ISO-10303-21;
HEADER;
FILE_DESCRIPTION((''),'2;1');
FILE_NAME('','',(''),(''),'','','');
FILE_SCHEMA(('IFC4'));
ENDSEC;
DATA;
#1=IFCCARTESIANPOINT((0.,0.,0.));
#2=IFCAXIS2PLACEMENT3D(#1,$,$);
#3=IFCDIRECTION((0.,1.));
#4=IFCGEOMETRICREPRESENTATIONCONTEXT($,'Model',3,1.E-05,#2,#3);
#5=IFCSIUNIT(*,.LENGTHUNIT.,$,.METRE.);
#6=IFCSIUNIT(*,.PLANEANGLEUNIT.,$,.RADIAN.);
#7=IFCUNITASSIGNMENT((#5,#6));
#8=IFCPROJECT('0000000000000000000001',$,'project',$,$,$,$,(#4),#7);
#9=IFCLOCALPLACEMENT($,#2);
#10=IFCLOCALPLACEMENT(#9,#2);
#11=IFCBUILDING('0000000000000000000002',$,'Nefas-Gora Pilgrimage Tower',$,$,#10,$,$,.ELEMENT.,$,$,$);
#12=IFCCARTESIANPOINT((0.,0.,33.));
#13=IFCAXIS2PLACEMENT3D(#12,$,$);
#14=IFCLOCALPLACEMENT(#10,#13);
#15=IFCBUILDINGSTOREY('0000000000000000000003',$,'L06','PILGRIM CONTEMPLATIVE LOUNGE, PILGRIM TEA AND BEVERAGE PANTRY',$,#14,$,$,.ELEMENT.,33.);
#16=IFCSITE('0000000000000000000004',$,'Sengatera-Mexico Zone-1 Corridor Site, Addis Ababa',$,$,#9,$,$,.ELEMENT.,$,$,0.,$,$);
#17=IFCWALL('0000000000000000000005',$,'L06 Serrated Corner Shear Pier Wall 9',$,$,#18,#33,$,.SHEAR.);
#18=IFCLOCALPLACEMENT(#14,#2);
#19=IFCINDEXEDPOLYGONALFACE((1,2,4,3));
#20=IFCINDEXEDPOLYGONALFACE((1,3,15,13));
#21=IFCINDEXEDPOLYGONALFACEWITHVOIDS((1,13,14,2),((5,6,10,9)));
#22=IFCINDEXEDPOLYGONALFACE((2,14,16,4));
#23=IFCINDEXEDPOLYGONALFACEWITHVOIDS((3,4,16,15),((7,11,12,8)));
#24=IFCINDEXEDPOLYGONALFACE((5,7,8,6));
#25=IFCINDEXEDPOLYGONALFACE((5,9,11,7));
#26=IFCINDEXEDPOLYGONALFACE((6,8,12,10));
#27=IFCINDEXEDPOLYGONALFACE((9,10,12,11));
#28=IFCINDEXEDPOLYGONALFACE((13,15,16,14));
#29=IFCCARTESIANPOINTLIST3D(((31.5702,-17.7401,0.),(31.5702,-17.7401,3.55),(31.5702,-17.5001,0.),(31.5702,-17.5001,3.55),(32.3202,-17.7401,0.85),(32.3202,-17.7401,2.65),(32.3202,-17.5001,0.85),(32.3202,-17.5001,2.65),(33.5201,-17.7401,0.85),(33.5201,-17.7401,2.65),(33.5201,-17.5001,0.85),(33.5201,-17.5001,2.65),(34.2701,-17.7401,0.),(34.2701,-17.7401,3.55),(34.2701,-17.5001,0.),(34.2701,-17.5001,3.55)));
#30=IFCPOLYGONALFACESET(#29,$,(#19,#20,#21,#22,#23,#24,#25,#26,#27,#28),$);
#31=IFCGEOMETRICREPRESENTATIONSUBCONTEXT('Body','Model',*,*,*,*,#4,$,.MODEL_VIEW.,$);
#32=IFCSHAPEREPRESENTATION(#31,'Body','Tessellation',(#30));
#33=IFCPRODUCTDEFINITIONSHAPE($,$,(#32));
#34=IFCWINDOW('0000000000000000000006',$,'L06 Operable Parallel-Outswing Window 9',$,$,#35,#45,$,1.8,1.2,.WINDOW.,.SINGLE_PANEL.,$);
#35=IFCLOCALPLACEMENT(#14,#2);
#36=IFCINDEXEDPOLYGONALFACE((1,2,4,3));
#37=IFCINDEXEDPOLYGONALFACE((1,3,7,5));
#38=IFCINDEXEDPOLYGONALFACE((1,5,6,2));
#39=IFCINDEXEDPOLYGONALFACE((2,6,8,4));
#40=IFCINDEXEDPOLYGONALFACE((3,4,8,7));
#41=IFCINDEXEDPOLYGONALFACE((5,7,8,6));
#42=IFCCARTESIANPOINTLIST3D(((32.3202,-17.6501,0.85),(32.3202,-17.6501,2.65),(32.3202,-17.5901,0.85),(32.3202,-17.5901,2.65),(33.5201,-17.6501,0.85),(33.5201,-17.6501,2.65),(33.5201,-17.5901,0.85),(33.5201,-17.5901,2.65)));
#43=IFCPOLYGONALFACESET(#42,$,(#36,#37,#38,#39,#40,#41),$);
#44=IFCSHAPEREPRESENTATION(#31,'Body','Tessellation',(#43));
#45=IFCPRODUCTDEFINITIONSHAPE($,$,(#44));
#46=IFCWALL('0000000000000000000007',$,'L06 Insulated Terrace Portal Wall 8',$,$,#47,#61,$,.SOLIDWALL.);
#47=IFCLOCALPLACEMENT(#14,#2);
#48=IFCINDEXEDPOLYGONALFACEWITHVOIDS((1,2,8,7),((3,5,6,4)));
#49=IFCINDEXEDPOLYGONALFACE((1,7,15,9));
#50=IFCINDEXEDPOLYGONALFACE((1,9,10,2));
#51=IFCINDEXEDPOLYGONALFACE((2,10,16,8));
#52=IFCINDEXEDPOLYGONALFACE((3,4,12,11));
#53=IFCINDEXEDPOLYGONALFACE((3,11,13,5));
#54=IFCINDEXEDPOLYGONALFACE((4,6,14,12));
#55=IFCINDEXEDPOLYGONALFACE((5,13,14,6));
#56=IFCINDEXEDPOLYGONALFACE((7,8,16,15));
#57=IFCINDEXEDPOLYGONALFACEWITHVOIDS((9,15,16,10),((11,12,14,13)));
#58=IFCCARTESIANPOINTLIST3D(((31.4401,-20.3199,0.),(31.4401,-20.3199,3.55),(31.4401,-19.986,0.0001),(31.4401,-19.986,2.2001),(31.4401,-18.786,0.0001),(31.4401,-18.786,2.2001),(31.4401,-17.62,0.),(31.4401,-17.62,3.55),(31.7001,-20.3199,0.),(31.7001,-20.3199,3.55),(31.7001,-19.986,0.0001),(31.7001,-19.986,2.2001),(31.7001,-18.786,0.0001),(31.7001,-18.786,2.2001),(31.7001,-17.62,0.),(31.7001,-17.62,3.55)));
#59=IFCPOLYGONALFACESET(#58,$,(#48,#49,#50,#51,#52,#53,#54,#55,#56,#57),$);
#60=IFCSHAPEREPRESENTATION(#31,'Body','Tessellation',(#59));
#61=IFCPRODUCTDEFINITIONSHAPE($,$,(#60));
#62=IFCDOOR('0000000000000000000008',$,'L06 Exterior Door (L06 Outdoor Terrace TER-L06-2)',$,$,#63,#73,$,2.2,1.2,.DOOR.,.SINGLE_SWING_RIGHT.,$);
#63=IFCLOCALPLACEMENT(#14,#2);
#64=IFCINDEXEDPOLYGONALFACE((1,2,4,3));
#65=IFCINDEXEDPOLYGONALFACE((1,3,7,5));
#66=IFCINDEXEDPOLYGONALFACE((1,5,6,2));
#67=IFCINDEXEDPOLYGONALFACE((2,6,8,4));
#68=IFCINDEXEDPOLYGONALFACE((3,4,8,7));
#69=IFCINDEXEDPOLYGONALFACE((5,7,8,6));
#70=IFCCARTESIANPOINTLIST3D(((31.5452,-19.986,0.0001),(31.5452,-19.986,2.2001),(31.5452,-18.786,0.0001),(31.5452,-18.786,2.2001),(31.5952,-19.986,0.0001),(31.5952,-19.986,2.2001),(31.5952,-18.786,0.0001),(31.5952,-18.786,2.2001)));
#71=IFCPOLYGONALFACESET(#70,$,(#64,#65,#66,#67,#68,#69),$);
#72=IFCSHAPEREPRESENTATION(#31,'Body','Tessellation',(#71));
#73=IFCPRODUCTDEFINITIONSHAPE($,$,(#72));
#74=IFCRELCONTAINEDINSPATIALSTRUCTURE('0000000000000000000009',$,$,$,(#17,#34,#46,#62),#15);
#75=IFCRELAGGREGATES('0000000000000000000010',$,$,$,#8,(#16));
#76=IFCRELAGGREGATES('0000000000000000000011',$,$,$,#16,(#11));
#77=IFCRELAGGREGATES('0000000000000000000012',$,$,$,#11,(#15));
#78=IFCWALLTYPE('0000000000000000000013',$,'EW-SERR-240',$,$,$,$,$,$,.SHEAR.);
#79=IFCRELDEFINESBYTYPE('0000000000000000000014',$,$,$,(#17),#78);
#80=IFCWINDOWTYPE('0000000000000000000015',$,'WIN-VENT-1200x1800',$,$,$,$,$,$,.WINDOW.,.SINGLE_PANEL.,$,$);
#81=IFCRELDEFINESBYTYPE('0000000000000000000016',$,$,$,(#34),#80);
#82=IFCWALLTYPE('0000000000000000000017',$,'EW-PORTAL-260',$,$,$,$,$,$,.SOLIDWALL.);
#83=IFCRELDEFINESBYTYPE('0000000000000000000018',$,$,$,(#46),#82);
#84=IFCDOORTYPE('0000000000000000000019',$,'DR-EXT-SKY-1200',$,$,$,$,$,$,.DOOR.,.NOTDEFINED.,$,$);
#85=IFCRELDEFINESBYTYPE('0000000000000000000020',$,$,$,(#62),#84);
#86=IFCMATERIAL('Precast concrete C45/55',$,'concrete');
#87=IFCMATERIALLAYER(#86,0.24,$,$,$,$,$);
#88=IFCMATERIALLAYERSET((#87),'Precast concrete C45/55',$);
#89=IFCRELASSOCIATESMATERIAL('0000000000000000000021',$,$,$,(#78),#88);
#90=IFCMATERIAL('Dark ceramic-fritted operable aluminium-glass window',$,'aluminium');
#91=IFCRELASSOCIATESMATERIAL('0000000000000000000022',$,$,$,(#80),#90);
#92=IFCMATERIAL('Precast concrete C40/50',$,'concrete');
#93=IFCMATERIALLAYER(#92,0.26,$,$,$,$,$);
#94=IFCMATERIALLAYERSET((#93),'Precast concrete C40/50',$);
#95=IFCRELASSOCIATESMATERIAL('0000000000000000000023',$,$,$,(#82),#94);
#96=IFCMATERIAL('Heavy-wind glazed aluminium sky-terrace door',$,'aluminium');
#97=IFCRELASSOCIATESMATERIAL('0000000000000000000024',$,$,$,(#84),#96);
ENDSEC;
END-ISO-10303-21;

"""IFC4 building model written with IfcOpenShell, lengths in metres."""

from ifc_helpers import new_model, si_unit, direction, frame, frame_2d, origin, place, context, subcontext, project, spatial, rectangle, extrude, source, transform, mapped, material, layer, layer_set, type_object, element, fill, save


model = new_model("IFC4")

# Units and contexts
model_context = context("Model", 3, precision=1e-05, world=origin(), true_north=direction((0.0, 1.0)))
body_context = subcontext(model_context, "Body", "Model", "MODEL_VIEW")
ifc_project = project(units=[si_unit("LENGTHUNIT", "METRE"), si_unit("PLANEANGLEUNIT", "RADIAN")], contexts=[model_context])

# Site, building, storey
site_placement = place(None, origin())
site = spatial("IfcSite", under=ifc_project, at=site_placement, Name="Sengatera-Mexico Zone-1 Corridor Site, Addis Ababa", CompositionType="ELEMENT", RefElevation=0.0)
building_placement = place(site_placement, origin())
building = spatial("IfcBuilding", under=site, at=building_placement, Name="Nefas-Gora Pilgrimage Tower", CompositionType="ELEMENT")
storey_placement = place(building_placement, frame((0.0, 0.0, 33.0)))
storey = spatial("IfcBuildingStorey", under=building, at=storey_placement, Name="L06", Description="PILGRIM CONTEMPLATIVE LOUNGE, PILGRIM TEA AND BEVERAGE PANTRY", CompositionType="ELEMENT", Elevation=33.0)

# Shared definitions
ifc_material_1 = material(Name="Precast concrete C45/55", Category="concrete")
ifc_layer_1 = layer(ifc_material_1, 0.24)
ifc_layer_set_1 = layer_set([ifc_layer_1], Name="Precast concrete C45/55")
wall_type_1 = type_object("IfcWallType", Name="EW-SERR-240", PredefinedType="SHEAR", material=ifc_layer_set_1)
shared_shape_1 = source(origin(), body_context, "Body", "SweptSolid", [
    extrude(rectangle(XDim=2.7, YDim=0.24, at=frame_2d((1.3501, 0.0))), origin(), (0.0, 0.0, 1.0), 3.55),
])

# Wall, opening, window
wall_1_placement = place(storey_placement, frame((31.5701, -17.6201, 0.0), z_axis=(0.0, 0.0, 1.0), x_axis=(1.0, 0.0, 0.0)))
wall_1 = element("IfcWall", 1, at=wall_1_placement, inside=storey, type_object=wall_type_1, Name="L06 Serrated Corner Shear Pier Wall 9", PredefinedType="SHEAR", context=body_context, shape_type="MappedRepresentation", body=[
    mapped(shared_shape_1, transform((0.0, 0.0, 0.0), x_axis=(1.0, 0.0, 0.0), y_axis=(0.0, 1.0, 0.0), z_axis=(0.0, 0.0, 1.0), scale=1.0)),
])
opening_1_placement = place(wall_1_placement, frame((0.75, 0.0, 0.8501)))
opening_1 = element("IfcOpeningElement", 2, at=opening_1_placement, cuts=wall_1, PredefinedType="OPENING", context=body_context, shape_type="SweptSolid", body=[
    extrude(rectangle(XDim=1.2, YDim=1.8, at=frame_2d((0.6001, 0.8999))), frame((0.0, 0.1299, 0.0), z_axis=(0.0, -1.0, 0.0), x_axis=(1.0, 0.0, 0.0)), (0.0, 0.0, 1.0), 0.26),
])
ifc_material_2 = material(Name="Dark ceramic-fritted operable aluminium-glass window", Category="aluminium")
window_type = type_object("IfcWindowType", Name="WIN-VENT-1200x1800", PartitioningType="SINGLE_PANEL", PredefinedType="WINDOW", material=ifc_material_2)
shared_shape_2 = source(origin(), body_context, "Body", "SweptSolid", [
    extrude(rectangle(XDim=1.2, YDim=1.8, at=frame_2d((0.6001, 0.8999))), frame((0.0, 0.03, 0.0), z_axis=(0.0, -1.0, 0.0), x_axis=(1.0, 0.0, 0.0)), (0.0, 0.0, 1.0), 0.0601),
])
window_placement = place(opening_1_placement, origin())
window = element("IfcWindow", 3, at=window_placement, inside=storey, type_object=window_type, Name="L06 Operable Parallel-Outswing Window 9", OverallHeight=1.8, OverallWidth=1.2, PartitioningType="SINGLE_PANEL", PredefinedType="WINDOW", context=body_context, shape_type="MappedRepresentation", body=[
    mapped(shared_shape_2, transform((0.0, 0.0, 0.0), x_axis=(1.0, 0.0, 0.0), y_axis=(0.0, 1.0, 0.0), z_axis=(0.0, 0.0, 1.0), scale=1.0)),
])
fill(opening_1, window)

# Wall, opening, door
ifc_material_3 = material(Name="Precast concrete C40/50", Category="concrete")
ifc_layer_2 = layer(ifc_material_3, 0.26)
ifc_layer_set_2 = layer_set([ifc_layer_2], Name="Precast concrete C40/50")
wall_type_2 = type_object("IfcWallType", Name="EW-PORTAL-260", PredefinedType="SOLIDWALL", material=ifc_layer_set_2)
shared_shape_3 = source(origin(), body_context, "Body", "SweptSolid", [
    extrude(rectangle(XDim=2.7, YDim=0.26, at=frame_2d((1.3501, 0.0))), origin(), (0.0, 0.0, 1.0), 3.55),
])
wall_2_placement = place(storey_placement, frame((31.5701, -20.3201, 0.0), z_axis=(0.0, 0.0, 1.0), x_axis=(0.0, 1.0, 0.0)))
wall_2 = element("IfcWall", 4, at=wall_2_placement, inside=storey, type_object=wall_type_2, Name="L06 Insulated Terrace Portal Wall 8", PredefinedType="SOLIDWALL", context=body_context, shape_type="MappedRepresentation", body=[
    mapped(shared_shape_3, transform((0.0, 0.0, 0.0), x_axis=(1.0, 0.0, 0.0), y_axis=(0.0, 1.0, 0.0), z_axis=(0.0, 0.0, 1.0), scale=1.0)),
])
opening_2_placement = place(wall_2_placement, frame((0.334, 0.0, 0.0)))
opening_2 = element("IfcOpeningElement", 5, at=opening_2_placement, cuts=wall_2, PredefinedType="OPENING", context=body_context, shape_type="SweptSolid", body=[
    extrude(rectangle(XDim=1.2, YDim=2.2, at=frame_2d((0.6001, 1.1001))), frame((0.0, 0.1399, 0.0), z_axis=(0.0, -1.0, 0.0), x_axis=(1.0, 0.0, 0.0)), (0.0, 0.0, 1.0), 0.28),
])
ifc_material_4 = material(Name="Heavy-wind glazed aluminium sky-terrace door", Category="aluminium")
door_type = type_object("IfcDoorType", Name="DR-EXT-SKY-1200", OperationType="NOTDEFINED", PredefinedType="DOOR", material=ifc_material_4)
shared_shape_4 = source(origin(), body_context, "Body", "SweptSolid", [
    extrude(rectangle(XDim=1.2, YDim=2.2, at=frame_2d((0.6001, 1.1001))), frame((0.0, 0.0249, 0.0), z_axis=(0.0, -1.0, 0.0), x_axis=(1.0, 0.0, 0.0)), (0.0, 0.0, 1.0), 0.05),
])
door_placement = place(opening_2_placement, origin())
door = element("IfcDoor", 6, at=door_placement, inside=storey, type_object=door_type, Name="L06 Exterior Door (L06 Outdoor Terrace TER-L06-2)", OperationType="SINGLE_SWING_RIGHT", OverallHeight=2.2, OverallWidth=1.2, PredefinedType="DOOR", context=body_context, shape_type="MappedRepresentation", body=[
    mapped(shared_shape_4, transform((0.0, 0.0, 0.0), x_axis=(1.0, 0.0, 0.0), y_axis=(0.0, 1.0, 0.0), z_axis=(0.0, 0.0, 1.0), scale=1.0)),
])
fill(opening_2, door)

save(model, "model.ifc")
